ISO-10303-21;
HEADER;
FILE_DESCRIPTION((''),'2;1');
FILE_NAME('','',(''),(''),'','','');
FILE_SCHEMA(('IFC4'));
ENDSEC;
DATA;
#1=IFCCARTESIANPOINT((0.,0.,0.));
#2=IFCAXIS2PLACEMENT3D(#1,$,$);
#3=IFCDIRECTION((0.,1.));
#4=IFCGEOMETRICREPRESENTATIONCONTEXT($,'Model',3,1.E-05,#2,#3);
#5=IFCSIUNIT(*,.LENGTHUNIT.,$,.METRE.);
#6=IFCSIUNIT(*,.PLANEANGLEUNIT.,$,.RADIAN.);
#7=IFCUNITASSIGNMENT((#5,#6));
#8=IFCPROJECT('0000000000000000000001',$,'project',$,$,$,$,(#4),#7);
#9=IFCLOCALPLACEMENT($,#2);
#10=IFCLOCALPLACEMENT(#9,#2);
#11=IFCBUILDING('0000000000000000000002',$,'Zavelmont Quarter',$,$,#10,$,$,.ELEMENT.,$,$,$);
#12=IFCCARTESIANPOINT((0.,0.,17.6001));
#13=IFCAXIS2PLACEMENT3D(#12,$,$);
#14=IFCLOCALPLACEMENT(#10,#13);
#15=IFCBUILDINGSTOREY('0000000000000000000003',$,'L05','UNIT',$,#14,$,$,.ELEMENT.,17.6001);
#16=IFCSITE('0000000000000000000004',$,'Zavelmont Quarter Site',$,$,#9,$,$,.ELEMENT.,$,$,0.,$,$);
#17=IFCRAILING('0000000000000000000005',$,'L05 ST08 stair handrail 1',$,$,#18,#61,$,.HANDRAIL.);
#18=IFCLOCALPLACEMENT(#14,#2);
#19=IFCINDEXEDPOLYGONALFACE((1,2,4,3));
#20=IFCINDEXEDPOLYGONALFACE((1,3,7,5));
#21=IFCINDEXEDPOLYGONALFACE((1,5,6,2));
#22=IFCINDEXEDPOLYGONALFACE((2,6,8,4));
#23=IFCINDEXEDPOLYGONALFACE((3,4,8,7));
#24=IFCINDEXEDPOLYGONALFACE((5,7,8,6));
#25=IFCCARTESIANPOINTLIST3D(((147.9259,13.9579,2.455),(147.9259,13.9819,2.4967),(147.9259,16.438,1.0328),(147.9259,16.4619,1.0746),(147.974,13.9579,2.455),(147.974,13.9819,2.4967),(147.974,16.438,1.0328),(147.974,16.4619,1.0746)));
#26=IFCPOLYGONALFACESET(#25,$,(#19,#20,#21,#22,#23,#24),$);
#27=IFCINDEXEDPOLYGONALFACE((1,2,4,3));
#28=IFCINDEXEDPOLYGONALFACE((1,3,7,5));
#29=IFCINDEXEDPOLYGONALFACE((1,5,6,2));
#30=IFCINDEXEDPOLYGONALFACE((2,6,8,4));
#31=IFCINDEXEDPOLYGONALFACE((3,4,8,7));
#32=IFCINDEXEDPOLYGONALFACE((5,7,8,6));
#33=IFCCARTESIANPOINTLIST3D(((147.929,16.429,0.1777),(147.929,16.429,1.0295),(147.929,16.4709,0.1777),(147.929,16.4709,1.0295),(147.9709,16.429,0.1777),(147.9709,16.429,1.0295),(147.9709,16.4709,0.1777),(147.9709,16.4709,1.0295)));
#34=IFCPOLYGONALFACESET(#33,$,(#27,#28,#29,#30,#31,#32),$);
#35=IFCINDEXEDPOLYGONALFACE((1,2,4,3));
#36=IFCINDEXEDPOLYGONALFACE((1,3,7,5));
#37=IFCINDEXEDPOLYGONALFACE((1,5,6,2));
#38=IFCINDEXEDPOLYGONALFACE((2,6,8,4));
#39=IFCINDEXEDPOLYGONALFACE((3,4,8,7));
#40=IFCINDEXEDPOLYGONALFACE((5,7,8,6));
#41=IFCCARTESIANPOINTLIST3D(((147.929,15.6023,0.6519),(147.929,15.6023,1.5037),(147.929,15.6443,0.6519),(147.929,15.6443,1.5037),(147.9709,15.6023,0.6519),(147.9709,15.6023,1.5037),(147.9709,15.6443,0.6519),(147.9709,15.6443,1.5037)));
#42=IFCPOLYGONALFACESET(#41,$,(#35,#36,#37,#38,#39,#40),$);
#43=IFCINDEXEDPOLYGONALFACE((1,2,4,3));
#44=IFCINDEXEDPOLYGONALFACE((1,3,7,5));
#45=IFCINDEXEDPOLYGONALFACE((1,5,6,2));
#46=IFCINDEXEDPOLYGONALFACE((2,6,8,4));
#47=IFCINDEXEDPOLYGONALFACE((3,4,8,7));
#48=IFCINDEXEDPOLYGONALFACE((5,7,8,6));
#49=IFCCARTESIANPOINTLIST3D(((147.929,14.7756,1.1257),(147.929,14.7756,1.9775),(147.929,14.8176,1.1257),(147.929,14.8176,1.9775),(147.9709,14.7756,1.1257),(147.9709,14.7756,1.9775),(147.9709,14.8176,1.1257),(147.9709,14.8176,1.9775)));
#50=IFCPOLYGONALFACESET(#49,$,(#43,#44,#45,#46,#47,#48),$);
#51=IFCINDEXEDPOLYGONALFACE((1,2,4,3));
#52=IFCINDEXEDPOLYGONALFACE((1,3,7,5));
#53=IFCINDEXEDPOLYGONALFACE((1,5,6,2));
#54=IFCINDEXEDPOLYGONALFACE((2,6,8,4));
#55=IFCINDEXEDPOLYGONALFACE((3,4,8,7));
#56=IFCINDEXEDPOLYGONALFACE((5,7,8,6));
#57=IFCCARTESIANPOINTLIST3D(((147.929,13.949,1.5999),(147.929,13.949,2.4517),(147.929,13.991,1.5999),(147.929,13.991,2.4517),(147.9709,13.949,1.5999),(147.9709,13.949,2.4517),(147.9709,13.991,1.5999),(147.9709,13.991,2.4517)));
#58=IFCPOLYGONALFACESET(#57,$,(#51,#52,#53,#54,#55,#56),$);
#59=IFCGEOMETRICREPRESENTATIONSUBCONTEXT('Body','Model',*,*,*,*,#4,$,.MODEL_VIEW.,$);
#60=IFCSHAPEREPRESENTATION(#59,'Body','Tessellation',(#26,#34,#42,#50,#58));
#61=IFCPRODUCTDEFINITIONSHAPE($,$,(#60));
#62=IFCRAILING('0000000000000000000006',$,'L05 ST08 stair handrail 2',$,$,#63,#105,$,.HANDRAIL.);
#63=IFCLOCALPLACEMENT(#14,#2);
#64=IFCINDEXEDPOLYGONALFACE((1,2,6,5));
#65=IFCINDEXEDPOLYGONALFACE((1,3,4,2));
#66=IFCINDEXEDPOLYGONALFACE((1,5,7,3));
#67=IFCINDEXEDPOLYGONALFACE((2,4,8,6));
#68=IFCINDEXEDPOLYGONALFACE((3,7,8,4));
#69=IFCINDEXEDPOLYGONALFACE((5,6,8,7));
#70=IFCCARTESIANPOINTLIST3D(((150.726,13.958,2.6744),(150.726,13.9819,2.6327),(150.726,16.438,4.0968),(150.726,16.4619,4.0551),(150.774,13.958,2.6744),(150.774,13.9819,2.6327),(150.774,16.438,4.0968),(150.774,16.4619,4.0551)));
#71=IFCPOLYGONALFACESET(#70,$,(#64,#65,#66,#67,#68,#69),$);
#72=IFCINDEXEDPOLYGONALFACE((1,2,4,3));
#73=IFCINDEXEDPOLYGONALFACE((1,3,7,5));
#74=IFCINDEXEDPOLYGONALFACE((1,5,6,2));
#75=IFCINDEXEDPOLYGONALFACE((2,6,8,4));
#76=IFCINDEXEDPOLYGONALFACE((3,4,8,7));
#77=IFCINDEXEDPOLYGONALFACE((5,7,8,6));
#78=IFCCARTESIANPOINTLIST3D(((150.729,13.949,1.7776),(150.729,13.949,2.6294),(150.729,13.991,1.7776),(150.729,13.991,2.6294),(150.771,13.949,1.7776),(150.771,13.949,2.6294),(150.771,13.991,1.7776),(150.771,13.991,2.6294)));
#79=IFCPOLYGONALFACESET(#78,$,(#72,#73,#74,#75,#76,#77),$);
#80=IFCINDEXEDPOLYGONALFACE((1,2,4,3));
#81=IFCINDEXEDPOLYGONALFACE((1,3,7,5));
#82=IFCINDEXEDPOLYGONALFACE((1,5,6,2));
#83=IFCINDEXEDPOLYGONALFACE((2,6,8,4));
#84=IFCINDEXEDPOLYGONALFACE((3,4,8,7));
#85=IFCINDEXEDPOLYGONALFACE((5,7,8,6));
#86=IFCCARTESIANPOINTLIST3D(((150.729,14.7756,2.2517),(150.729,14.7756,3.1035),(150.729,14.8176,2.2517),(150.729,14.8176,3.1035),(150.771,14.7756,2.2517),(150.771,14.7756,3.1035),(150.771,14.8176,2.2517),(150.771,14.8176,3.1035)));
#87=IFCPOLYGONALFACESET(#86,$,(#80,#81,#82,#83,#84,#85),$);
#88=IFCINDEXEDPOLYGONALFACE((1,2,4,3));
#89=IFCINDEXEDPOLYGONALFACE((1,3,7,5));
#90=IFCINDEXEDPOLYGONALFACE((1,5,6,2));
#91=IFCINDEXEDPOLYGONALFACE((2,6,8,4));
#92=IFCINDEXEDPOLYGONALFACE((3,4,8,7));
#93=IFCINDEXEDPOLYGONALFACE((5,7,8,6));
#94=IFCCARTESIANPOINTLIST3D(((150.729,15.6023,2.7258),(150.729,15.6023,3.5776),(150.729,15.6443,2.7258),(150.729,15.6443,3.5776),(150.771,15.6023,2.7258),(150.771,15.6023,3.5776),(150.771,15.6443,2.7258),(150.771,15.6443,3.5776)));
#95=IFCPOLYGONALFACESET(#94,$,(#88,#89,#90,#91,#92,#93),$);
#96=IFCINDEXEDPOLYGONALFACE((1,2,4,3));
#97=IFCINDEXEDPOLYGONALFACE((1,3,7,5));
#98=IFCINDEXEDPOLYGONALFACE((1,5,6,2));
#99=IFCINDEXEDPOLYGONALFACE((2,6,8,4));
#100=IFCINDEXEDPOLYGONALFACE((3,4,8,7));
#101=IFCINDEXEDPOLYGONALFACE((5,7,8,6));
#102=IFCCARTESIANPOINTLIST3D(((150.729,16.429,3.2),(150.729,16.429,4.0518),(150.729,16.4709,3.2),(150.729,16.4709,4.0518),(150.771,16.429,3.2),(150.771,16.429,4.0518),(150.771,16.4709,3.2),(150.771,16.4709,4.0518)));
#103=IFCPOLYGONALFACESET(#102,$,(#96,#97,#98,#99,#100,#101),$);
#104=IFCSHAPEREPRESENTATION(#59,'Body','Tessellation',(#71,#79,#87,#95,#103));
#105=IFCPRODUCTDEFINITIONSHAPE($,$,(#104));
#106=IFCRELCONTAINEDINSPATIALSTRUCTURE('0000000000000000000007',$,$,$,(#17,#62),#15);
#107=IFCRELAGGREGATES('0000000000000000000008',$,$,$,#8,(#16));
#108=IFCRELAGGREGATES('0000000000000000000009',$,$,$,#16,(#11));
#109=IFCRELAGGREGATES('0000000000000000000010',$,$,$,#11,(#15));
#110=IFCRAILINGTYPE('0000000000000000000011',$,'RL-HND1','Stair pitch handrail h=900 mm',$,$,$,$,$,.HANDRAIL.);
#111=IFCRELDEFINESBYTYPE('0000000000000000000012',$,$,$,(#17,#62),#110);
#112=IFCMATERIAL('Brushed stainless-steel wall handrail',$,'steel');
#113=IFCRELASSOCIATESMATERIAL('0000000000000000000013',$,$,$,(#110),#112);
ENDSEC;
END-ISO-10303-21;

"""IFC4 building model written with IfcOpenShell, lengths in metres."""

from ifc_helpers import new_model, si_unit, direction, frame, origin, origin_2d, place, context, subcontext, project, spatial, rectangle, extrude, material, type_object, element, save


model = new_model("IFC4")

# Units and contexts
model_context = context("Model", 3, precision=1e-05, world=origin(), true_north=direction((0.0, 1.0)))
body_context = subcontext(model_context, "Body", "Model", "MODEL_VIEW")
ifc_project = project(units=[si_unit("LENGTHUNIT", "METRE"), si_unit("PLANEANGLEUNIT", "RADIAN")], contexts=[model_context])

# Site, building, storey
site_placement = place(None, origin())
site = spatial("IfcSite", under=ifc_project, at=site_placement, Name="Zavelmont Quarter Site", CompositionType="ELEMENT", RefElevation=0.0)
building_placement = place(site_placement, origin())
building = spatial("IfcBuilding", under=site, at=building_placement, Name="Zavelmont Quarter", CompositionType="ELEMENT")
storey_placement = place(building_placement, frame((0.0, 0.0, 17.6001)))
storey = spatial("IfcBuildingStorey", under=building, at=storey_placement, Name="L05", Description="UNIT", CompositionType="ELEMENT", Elevation=17.6001)

# Railings
ifc_material_1 = material(Name="Brushed stainless-steel wall handrail", Category="steel")
railing_type_1 = type_object("IfcRailingType", Name="RL-HND1", Description="Stair pitch handrail h=900 mm", PredefinedType="HANDRAIL", material=ifc_material_1)
railing_1_placement = place(storey_placement, frame((147.95, 16.45, 0.1777)))
element("IfcRailing", 1, at=railing_1_placement, inside=storey, type_object=railing_type_1, Name="L05 ST08 stair handrail 1", PredefinedType="HANDRAIL", context=body_context, shape_type="SweptSolid", body=[
    extrude(rectangle(XDim=0.0481, YDim=0.0481, at=origin_2d()), frame((0.0, 0.0, 0.876), z_axis=(0.0, -0.867491, 0.497454), x_axis=(1.0, 0.0, 0.0)), (0.0, 0.0, 1.0), 2.8589),
    extrude(rectangle(XDim=0.042, YDim=0.042, at=origin_2d()), origin(), (0.0, 0.0, 1.0), 0.8518),
    extrude(rectangle(XDim=0.042, YDim=0.042, at=origin_2d()), frame((0.0, -0.8267, 0.4741)), (0.0, 0.0, 1.0), 0.8518),
    extrude(rectangle(XDim=0.042, YDim=0.042, at=origin_2d()), frame((0.0, -1.6533, 0.948)), (0.0, 0.0, 1.0), 0.8518),
    extrude(rectangle(XDim=0.042, YDim=0.042, at=origin_2d()), frame((0.0, -2.48, 1.4221)), (0.0, 0.0, 1.0), 0.8518),
])
railing_2_placement = place(storey_placement, frame((150.75, 13.97, 1.7776)))
element("IfcRailing", 2, at=railing_2_placement, inside=storey, type_object=railing_type_1, Name="L05 ST08 stair handrail 2", PredefinedType="HANDRAIL", context=body_context, shape_type="SweptSolid", body=[
    extrude(rectangle(XDim=0.0481, YDim=0.0481, at=origin_2d()), frame((0.0, 0.0, 0.876), z_axis=(0.0, 0.867454, 0.497518), x_axis=(-1.0, 0.0, 0.0)), (0.0, 0.0, 1.0), 2.8589),
    extrude(rectangle(XDim=0.042, YDim=0.042, at=origin_2d()), origin(), (0.0, 0.0, 1.0), 0.8518),
    extrude(rectangle(XDim=0.042, YDim=0.042, at=origin_2d()), frame((0.0, 0.8267, 0.4741)), (0.0, 0.0, 1.0), 0.8518),
    extrude(rectangle(XDim=0.042, YDim=0.042, at=origin_2d()), frame((0.0, 1.6533, 0.9482)), (0.0, 0.0, 1.0), 0.8518),
    extrude(rectangle(XDim=0.042, YDim=0.042, at=origin_2d()), frame((0.0, 2.48, 1.4224)), (0.0, 0.0, 1.0), 0.8518),
])

save(model, "model.ifc")
